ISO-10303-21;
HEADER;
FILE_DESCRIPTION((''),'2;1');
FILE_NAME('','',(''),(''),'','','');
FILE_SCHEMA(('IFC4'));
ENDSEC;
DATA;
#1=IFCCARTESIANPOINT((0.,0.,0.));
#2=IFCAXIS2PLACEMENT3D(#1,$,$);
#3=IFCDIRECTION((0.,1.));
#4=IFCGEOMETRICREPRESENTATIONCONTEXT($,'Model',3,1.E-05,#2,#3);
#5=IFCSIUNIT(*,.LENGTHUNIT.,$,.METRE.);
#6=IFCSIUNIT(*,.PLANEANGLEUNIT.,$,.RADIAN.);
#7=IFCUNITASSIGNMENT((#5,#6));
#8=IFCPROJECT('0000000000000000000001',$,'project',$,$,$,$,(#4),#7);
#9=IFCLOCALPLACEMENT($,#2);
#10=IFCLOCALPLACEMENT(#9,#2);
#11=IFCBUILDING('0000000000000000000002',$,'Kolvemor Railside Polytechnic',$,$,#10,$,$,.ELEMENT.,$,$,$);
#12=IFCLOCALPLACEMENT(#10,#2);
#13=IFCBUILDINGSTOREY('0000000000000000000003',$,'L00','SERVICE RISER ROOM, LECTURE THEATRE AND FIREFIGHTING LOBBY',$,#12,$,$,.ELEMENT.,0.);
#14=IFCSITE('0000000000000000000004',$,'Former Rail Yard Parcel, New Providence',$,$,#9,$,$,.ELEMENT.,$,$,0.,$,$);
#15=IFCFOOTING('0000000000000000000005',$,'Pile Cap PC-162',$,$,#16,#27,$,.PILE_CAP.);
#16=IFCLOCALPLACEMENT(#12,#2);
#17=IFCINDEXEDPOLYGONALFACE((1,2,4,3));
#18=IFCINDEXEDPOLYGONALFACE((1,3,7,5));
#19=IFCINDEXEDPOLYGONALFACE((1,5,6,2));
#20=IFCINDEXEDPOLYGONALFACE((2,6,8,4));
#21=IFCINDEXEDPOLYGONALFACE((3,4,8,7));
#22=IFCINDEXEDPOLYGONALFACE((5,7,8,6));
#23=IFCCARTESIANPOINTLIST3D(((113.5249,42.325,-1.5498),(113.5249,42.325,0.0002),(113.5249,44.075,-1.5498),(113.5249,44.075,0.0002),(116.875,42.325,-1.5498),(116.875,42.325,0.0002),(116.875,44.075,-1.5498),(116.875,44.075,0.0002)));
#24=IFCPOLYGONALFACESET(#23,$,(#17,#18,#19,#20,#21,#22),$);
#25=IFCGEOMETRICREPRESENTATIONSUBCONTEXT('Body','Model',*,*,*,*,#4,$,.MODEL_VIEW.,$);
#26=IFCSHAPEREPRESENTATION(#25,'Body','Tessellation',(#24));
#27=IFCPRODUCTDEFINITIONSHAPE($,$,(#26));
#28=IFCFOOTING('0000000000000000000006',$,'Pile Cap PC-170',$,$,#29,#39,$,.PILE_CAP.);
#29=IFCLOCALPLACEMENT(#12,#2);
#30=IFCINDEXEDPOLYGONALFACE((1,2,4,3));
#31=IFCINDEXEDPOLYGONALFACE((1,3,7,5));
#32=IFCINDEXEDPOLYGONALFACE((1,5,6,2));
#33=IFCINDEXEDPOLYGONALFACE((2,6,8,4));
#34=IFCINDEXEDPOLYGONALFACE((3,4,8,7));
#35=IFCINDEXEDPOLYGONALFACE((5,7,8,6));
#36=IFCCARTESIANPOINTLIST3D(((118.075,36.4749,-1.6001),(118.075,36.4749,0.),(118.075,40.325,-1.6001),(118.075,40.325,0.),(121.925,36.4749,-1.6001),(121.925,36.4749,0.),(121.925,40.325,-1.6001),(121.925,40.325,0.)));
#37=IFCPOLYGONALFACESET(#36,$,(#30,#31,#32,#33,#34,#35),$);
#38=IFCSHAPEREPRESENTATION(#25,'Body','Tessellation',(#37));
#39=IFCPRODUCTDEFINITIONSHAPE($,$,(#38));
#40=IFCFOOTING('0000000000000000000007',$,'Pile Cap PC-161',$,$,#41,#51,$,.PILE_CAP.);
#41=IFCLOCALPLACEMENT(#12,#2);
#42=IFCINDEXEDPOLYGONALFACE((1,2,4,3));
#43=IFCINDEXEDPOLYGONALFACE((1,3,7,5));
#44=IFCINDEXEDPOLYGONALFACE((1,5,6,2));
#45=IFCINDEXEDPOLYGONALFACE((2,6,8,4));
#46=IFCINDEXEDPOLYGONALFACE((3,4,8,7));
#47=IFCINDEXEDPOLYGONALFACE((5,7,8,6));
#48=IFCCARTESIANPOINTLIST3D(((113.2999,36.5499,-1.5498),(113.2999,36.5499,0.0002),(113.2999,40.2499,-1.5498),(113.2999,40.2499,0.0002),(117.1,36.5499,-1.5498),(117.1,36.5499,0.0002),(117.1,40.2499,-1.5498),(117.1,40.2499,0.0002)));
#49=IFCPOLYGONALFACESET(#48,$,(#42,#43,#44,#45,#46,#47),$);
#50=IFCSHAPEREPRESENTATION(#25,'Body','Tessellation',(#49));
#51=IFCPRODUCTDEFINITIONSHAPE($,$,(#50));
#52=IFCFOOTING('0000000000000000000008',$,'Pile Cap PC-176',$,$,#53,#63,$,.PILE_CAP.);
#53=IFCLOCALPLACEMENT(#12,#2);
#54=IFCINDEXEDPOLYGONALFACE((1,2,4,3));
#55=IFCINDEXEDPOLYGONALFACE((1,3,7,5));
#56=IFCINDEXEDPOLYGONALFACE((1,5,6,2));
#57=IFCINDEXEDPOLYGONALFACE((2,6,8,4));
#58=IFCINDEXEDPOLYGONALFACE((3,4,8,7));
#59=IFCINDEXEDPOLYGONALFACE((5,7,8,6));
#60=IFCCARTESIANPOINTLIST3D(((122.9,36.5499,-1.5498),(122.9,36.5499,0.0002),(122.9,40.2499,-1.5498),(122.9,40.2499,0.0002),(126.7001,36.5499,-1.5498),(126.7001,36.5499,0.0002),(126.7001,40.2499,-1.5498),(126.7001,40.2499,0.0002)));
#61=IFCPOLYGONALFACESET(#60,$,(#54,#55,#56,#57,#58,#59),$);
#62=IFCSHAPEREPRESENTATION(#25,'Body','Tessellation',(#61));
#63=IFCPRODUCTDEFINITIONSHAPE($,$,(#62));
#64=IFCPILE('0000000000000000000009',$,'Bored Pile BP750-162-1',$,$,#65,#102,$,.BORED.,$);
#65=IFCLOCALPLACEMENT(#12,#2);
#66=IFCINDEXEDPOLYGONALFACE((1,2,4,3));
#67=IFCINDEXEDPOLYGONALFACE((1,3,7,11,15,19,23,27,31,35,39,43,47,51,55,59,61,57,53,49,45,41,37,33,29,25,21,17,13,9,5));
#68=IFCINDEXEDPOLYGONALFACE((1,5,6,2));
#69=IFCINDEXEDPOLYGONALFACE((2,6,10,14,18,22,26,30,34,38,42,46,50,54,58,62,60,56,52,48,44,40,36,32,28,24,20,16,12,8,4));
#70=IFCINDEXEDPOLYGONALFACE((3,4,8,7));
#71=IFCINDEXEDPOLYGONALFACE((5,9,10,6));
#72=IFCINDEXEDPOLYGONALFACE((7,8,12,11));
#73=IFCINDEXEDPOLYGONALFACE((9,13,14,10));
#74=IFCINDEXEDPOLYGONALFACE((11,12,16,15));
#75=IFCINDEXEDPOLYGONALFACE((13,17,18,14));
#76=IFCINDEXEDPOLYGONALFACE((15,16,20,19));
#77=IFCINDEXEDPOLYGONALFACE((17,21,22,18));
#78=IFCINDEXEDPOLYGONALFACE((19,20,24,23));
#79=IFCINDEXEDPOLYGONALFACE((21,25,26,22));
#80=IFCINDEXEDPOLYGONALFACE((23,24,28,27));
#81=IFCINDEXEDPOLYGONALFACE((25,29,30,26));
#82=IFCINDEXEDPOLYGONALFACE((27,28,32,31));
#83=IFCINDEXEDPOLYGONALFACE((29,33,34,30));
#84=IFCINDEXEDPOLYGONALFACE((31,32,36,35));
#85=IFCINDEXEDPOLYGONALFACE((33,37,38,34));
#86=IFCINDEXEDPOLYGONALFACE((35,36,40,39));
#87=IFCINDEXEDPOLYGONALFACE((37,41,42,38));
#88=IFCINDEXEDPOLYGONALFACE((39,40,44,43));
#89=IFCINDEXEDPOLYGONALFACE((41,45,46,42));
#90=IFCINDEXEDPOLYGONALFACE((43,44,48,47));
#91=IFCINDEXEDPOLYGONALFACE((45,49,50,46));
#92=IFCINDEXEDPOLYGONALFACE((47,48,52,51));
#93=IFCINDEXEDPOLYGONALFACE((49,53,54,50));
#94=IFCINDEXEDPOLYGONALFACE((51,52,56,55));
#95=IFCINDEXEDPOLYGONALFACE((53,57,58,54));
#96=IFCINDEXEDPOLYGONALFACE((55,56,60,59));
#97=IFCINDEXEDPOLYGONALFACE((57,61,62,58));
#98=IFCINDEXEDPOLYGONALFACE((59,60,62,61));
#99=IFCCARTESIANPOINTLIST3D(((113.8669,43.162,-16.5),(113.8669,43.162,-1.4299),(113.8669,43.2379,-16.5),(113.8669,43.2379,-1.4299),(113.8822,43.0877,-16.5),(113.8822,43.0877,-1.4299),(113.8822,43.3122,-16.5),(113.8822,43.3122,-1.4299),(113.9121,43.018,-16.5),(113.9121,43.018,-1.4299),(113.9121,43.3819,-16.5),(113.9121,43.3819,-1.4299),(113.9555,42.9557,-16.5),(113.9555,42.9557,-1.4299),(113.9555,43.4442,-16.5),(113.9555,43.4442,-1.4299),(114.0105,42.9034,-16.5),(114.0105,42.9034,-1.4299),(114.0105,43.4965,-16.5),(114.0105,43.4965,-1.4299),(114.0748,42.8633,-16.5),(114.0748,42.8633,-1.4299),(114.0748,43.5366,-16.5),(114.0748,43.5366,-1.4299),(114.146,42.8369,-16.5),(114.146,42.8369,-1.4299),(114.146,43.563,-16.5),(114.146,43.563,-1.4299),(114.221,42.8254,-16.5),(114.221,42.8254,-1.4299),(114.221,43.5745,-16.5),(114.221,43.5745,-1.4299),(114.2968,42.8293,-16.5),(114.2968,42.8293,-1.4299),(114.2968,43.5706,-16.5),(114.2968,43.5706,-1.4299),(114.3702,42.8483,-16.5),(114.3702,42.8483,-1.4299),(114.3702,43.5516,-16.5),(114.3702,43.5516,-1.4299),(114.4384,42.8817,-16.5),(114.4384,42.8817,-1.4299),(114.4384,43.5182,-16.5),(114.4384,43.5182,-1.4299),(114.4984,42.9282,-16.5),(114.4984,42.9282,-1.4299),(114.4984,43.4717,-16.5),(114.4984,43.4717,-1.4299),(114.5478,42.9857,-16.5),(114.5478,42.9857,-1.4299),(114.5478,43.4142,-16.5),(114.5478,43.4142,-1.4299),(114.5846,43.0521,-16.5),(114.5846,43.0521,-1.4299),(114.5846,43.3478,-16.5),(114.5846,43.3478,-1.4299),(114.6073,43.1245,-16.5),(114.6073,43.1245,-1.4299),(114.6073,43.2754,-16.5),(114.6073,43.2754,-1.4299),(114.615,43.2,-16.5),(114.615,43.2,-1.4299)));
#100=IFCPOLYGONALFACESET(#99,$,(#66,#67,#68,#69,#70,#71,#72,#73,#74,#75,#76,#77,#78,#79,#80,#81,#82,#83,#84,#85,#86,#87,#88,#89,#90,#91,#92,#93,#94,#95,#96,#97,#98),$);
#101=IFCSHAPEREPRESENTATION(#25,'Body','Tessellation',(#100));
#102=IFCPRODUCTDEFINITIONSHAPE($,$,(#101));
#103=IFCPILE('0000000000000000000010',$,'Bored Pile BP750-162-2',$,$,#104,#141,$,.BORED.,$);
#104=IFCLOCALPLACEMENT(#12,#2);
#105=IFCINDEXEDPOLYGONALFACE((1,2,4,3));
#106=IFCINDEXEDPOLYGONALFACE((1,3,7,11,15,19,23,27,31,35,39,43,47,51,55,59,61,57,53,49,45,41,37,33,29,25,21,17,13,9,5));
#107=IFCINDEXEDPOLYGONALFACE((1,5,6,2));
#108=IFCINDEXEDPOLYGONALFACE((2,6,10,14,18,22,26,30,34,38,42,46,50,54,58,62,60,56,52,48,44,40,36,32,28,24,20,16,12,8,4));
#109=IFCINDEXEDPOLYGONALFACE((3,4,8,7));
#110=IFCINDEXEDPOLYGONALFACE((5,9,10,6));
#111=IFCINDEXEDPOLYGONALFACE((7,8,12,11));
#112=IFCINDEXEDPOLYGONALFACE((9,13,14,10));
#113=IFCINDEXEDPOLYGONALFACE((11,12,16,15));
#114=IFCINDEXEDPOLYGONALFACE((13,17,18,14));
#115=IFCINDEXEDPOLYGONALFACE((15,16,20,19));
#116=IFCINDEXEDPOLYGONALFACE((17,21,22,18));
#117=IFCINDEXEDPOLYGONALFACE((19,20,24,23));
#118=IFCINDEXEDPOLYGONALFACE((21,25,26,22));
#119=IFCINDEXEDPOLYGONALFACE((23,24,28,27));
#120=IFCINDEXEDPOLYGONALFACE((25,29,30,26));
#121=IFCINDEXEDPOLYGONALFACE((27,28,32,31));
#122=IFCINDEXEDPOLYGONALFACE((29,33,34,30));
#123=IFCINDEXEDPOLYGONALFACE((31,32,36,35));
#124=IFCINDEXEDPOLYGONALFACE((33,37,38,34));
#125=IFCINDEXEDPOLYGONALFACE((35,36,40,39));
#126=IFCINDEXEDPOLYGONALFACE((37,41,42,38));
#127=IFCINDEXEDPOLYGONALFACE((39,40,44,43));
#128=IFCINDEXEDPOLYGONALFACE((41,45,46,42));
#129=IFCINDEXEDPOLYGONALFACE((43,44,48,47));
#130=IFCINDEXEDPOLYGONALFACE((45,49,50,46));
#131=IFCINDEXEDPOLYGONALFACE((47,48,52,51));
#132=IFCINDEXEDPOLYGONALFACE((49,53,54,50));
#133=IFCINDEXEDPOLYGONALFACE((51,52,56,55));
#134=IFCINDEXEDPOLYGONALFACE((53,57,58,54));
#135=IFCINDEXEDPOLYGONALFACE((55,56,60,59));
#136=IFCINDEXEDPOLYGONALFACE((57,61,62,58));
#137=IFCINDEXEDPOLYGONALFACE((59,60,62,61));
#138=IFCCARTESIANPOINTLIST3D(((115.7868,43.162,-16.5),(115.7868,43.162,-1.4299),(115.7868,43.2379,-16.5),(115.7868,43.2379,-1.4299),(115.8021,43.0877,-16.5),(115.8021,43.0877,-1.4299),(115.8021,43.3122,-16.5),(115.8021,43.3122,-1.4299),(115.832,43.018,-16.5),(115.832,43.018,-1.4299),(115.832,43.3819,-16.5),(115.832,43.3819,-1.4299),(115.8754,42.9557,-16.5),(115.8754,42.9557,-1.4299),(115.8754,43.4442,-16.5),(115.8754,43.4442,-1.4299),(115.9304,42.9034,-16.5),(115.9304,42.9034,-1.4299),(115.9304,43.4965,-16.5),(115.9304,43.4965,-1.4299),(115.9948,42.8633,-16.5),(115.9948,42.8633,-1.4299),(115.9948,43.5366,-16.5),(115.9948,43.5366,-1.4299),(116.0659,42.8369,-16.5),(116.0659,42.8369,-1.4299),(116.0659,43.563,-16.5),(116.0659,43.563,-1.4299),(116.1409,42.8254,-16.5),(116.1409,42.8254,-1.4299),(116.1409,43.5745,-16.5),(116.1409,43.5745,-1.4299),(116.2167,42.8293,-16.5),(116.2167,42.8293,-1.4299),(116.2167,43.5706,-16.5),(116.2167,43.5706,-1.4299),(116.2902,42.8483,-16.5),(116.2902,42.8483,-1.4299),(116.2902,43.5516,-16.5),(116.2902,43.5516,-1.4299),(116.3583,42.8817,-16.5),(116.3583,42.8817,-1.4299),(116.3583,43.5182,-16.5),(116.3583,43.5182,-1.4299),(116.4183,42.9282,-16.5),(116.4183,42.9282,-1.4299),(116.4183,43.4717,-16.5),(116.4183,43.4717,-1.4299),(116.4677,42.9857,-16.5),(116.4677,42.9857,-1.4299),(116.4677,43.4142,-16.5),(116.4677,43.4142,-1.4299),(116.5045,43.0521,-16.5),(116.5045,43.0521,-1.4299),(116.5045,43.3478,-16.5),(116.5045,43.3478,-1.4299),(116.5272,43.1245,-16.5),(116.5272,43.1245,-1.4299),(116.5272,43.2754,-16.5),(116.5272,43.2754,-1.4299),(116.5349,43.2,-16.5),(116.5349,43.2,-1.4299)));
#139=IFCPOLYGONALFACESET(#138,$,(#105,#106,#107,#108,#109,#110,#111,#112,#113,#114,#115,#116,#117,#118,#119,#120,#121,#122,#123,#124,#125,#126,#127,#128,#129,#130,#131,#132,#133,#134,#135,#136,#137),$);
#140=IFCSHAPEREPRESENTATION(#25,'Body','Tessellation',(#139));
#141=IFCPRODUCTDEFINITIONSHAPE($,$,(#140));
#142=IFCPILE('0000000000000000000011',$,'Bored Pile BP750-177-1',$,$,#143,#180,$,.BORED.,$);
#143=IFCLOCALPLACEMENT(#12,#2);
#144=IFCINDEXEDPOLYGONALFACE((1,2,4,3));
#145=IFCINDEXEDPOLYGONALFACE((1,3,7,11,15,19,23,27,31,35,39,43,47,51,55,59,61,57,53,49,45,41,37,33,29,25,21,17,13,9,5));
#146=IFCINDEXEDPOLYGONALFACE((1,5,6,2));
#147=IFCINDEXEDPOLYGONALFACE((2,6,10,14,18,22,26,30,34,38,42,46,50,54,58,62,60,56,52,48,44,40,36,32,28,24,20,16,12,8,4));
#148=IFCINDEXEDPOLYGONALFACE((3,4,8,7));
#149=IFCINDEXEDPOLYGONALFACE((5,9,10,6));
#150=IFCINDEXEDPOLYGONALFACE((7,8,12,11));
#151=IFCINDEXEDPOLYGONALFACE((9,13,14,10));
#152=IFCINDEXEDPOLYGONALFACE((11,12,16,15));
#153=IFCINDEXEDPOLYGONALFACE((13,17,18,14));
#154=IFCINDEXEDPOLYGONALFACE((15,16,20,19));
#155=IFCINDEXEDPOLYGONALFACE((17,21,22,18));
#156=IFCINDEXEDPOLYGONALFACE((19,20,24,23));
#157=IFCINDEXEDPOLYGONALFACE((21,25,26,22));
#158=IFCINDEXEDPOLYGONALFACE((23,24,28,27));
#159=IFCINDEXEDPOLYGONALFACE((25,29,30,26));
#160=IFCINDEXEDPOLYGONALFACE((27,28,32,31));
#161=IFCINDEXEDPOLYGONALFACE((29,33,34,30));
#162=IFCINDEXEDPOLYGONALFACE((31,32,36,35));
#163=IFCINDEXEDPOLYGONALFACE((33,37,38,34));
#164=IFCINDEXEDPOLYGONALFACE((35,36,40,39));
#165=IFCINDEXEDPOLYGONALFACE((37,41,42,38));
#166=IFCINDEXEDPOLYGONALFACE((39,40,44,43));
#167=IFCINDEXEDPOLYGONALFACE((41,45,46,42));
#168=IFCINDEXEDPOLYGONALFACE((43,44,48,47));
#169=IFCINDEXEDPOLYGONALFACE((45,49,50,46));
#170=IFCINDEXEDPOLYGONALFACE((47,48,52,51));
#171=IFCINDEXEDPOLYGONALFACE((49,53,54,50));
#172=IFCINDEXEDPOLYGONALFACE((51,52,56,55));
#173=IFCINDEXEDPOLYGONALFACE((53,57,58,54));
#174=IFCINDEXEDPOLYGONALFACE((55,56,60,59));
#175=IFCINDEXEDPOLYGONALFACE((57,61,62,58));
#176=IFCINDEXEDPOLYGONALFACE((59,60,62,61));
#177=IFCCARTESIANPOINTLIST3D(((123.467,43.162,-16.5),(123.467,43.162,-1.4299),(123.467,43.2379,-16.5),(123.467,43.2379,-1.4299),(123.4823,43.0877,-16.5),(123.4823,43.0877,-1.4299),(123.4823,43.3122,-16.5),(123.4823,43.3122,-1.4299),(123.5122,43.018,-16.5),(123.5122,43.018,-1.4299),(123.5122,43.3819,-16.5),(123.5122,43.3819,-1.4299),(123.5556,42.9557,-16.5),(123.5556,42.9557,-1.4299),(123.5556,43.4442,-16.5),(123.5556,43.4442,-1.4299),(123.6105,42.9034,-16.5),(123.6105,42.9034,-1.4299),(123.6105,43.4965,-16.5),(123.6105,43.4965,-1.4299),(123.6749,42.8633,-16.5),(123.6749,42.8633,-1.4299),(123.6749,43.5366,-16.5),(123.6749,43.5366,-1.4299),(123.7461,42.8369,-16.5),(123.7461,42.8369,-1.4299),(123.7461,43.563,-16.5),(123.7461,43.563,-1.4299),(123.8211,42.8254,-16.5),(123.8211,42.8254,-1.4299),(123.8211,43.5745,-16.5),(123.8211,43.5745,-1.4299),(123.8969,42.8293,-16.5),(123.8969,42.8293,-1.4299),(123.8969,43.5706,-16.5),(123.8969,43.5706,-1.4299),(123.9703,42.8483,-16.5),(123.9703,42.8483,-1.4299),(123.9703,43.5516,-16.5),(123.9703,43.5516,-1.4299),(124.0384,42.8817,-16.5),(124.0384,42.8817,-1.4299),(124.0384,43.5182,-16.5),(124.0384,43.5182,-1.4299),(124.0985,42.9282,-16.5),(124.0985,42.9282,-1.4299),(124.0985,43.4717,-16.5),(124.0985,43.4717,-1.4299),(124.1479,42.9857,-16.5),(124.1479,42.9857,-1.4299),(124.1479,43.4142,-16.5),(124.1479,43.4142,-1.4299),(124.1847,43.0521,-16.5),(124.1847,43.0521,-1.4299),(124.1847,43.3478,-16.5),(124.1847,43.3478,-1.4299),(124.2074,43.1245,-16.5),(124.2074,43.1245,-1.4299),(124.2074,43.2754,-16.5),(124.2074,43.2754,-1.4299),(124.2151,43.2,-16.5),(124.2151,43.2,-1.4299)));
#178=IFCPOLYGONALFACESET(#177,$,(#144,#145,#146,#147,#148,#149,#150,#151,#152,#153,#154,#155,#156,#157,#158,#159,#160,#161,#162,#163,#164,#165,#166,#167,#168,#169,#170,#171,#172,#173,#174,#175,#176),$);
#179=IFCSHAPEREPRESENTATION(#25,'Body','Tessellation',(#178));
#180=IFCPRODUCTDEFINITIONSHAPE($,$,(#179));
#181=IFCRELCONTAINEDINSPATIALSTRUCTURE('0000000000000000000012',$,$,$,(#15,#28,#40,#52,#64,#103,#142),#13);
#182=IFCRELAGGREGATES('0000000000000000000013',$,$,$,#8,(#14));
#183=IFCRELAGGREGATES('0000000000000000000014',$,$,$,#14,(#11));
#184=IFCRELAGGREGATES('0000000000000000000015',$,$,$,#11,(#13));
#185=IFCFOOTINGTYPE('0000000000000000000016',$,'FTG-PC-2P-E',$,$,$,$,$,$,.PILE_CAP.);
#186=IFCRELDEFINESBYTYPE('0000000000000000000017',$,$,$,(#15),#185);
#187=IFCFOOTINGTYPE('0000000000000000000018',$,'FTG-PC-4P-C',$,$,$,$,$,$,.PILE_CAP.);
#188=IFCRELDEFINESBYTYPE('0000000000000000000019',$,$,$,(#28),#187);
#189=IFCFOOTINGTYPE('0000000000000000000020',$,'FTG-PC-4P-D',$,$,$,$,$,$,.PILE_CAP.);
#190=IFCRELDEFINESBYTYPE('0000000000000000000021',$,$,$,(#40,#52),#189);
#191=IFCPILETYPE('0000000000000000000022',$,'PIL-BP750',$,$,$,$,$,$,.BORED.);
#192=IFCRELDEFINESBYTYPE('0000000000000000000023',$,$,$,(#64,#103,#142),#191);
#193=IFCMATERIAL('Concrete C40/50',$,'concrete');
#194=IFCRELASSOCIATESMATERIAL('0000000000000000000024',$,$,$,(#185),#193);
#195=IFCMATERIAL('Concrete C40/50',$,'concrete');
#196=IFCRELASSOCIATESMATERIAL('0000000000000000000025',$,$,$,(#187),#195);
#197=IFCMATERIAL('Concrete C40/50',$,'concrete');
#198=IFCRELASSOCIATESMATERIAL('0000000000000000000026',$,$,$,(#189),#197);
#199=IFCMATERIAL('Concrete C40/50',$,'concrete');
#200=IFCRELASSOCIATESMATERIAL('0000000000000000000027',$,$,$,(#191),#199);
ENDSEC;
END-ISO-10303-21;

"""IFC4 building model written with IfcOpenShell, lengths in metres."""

from ifc_helpers import new_model, si_unit, direction, frame, origin, origin_2d, place, context, subcontext, project, spatial, rectangle, circle, extrude, material, material_profile, profile_set, type_object, element, save


model = new_model("IFC4")

# Units and contexts
model_context = context("Model", 3, precision=1e-05, world=origin(), true_north=direction((0.0, 1.0)))
body_context = subcontext(model_context, "Body", "Model", "MODEL_VIEW")
ifc_project = project(units=[si_unit("LENGTHUNIT", "METRE"), si_unit("PLANEANGLEUNIT", "RADIAN")], contexts=[model_context])

# Site, building, storey
site_placement = place(None, origin())
site = spatial("IfcSite", under=ifc_project, at=site_placement, Name="Former Rail Yard Parcel, New Providence", CompositionType="ELEMENT", RefElevation=0.0)
building_placement = place(site_placement, origin())
building = spatial("IfcBuilding", under=site, at=building_placement, Name="Kolvemor Railside Polytechnic", CompositionType="ELEMENT")
storey_placement = place(building_placement, origin())
storey = spatial("IfcBuildingStorey", under=building, at=storey_placement, Name="L00", Description="SERVICE RISER ROOM, LECTURE THEATRE AND FIREFIGHTING LOBBY", CompositionType="ELEMENT", Elevation=0.0)

# Footings
ifc_material_1 = material(Name="Concrete C40/50", Category="concrete")
footing_type_1 = type_object("IfcFootingType", Name="FTG-PC-2P-E", PredefinedType="PILE_CAP", material=ifc_material_1)
footing_1_placement = place(storey_placement, frame((115.2, 43.2, -1.5498), z_axis=(0.0, 0.0, 1.0), x_axis=(1.0, 0.0, 0.0)))
element("IfcFooting", 1, at=footing_1_placement, inside=storey, type_object=footing_type_1, Name="Pile Cap PC-162", PredefinedType="PILE_CAP", context=body_context, shape_type="SweptSolid", body=[
    extrude(rectangle(XDim=3.3501, YDim=1.75, at=origin_2d()), origin(), (0.0, 0.0, 1.0), 1.55),
])
ifc_material_2 = material(Name="Concrete C40/50", Category="concrete")
footing_type_2 = type_object("IfcFootingType", Name="FTG-PC-4P-C", PredefinedType="PILE_CAP", material=ifc_material_2)
footing_2_placement = place(storey_placement, frame((120.0, 38.3999, -1.6001), z_axis=(0.0, 0.0, 1.0), x_axis=(1.0, 0.0, 0.0)))
element("IfcFooting", 2, at=footing_2_placement, inside=storey, type_object=footing_type_2, Name="Pile Cap PC-170", PredefinedType="PILE_CAP", context=body_context, shape_type="SweptSolid", body=[
    extrude(rectangle(XDim=3.8501, YDim=3.8501, at=origin_2d()), origin(), (0.0, 0.0, 1.0), 1.6001),
])
ifc_material_3 = material(Name="Concrete C40/50", Category="concrete")
footing_type_3 = type_object("IfcFootingType", Name="FTG-PC-4P-D", PredefinedType="PILE_CAP", material=ifc_material_3)
for number, where, z_axis, x_axis, name in (
    (3, (115.2, 38.3999, -1.5498), (0.0, 0.0, 1.0), (1.0, 0.0, 0.0), "Pile Cap PC-161"),
    (4, (124.8, 38.3999, -1.5498), (0.0, 0.0, 1.0), (1.0, 0.0, 0.0), "Pile Cap PC-176"),
):
    element("IfcFooting", number, at=place(storey_placement, frame(where, z_axis=z_axis, x_axis=x_axis)), inside=storey, type_object=footing_type_3, Name=name, PredefinedType="PILE_CAP", context=body_context, shape_type="SweptSolid", body=[
        extrude(rectangle(XDim=3.8, YDim=3.7, at=origin_2d()), origin(), (0.0, 0.0, 1.0), 1.55),
    ])

# Piles
ifc_material_4 = material(Name="Concrete C40/50", Category="concrete")
ifc_material_profile_1 = material_profile(ifc_material_4, circle(Radius=0.375, at=origin_2d()), Name="BP750")
ifc_profile_set_1 = profile_set([ifc_material_profile_1], Name="Concrete C40/50")
pile_type_1 = type_object("IfcPileType", Name="PIL-BP750", PredefinedType="BORED", material=ifc_profile_set_1)
for number, where, z_axis, x_axis, name in (
    (5, (114.24, 43.2, -1.4299), (0.0, 0.0, -1.0), (1.0, 0.0, 0.0), "Bored Pile BP750-162-1"),
    (6, (116.1599, 43.2, -1.4299), (0.0, 0.0, -1.0), (1.0, 0.0, 0.0), "Bored Pile BP750-162-2"),
    (7, (123.8401, 43.2, -1.4299), (0.0, 0.0, -1.0), (1.0, 0.0, 0.0), "Bored Pile BP750-177-1"),
):
    element("IfcPile", number, at=place(storey_placement, frame(where, z_axis=z_axis, x_axis=x_axis)), inside=storey, type_object=pile_type_1, Name=name, PredefinedType="BORED", context=body_context, shape_type="SweptSolid", body=[
        extrude(circle(Radius=0.375, at=origin_2d()), origin(), (0.0, 0.0, 1.0), 15.0701),
    ])

save(model, "model.ifc")
